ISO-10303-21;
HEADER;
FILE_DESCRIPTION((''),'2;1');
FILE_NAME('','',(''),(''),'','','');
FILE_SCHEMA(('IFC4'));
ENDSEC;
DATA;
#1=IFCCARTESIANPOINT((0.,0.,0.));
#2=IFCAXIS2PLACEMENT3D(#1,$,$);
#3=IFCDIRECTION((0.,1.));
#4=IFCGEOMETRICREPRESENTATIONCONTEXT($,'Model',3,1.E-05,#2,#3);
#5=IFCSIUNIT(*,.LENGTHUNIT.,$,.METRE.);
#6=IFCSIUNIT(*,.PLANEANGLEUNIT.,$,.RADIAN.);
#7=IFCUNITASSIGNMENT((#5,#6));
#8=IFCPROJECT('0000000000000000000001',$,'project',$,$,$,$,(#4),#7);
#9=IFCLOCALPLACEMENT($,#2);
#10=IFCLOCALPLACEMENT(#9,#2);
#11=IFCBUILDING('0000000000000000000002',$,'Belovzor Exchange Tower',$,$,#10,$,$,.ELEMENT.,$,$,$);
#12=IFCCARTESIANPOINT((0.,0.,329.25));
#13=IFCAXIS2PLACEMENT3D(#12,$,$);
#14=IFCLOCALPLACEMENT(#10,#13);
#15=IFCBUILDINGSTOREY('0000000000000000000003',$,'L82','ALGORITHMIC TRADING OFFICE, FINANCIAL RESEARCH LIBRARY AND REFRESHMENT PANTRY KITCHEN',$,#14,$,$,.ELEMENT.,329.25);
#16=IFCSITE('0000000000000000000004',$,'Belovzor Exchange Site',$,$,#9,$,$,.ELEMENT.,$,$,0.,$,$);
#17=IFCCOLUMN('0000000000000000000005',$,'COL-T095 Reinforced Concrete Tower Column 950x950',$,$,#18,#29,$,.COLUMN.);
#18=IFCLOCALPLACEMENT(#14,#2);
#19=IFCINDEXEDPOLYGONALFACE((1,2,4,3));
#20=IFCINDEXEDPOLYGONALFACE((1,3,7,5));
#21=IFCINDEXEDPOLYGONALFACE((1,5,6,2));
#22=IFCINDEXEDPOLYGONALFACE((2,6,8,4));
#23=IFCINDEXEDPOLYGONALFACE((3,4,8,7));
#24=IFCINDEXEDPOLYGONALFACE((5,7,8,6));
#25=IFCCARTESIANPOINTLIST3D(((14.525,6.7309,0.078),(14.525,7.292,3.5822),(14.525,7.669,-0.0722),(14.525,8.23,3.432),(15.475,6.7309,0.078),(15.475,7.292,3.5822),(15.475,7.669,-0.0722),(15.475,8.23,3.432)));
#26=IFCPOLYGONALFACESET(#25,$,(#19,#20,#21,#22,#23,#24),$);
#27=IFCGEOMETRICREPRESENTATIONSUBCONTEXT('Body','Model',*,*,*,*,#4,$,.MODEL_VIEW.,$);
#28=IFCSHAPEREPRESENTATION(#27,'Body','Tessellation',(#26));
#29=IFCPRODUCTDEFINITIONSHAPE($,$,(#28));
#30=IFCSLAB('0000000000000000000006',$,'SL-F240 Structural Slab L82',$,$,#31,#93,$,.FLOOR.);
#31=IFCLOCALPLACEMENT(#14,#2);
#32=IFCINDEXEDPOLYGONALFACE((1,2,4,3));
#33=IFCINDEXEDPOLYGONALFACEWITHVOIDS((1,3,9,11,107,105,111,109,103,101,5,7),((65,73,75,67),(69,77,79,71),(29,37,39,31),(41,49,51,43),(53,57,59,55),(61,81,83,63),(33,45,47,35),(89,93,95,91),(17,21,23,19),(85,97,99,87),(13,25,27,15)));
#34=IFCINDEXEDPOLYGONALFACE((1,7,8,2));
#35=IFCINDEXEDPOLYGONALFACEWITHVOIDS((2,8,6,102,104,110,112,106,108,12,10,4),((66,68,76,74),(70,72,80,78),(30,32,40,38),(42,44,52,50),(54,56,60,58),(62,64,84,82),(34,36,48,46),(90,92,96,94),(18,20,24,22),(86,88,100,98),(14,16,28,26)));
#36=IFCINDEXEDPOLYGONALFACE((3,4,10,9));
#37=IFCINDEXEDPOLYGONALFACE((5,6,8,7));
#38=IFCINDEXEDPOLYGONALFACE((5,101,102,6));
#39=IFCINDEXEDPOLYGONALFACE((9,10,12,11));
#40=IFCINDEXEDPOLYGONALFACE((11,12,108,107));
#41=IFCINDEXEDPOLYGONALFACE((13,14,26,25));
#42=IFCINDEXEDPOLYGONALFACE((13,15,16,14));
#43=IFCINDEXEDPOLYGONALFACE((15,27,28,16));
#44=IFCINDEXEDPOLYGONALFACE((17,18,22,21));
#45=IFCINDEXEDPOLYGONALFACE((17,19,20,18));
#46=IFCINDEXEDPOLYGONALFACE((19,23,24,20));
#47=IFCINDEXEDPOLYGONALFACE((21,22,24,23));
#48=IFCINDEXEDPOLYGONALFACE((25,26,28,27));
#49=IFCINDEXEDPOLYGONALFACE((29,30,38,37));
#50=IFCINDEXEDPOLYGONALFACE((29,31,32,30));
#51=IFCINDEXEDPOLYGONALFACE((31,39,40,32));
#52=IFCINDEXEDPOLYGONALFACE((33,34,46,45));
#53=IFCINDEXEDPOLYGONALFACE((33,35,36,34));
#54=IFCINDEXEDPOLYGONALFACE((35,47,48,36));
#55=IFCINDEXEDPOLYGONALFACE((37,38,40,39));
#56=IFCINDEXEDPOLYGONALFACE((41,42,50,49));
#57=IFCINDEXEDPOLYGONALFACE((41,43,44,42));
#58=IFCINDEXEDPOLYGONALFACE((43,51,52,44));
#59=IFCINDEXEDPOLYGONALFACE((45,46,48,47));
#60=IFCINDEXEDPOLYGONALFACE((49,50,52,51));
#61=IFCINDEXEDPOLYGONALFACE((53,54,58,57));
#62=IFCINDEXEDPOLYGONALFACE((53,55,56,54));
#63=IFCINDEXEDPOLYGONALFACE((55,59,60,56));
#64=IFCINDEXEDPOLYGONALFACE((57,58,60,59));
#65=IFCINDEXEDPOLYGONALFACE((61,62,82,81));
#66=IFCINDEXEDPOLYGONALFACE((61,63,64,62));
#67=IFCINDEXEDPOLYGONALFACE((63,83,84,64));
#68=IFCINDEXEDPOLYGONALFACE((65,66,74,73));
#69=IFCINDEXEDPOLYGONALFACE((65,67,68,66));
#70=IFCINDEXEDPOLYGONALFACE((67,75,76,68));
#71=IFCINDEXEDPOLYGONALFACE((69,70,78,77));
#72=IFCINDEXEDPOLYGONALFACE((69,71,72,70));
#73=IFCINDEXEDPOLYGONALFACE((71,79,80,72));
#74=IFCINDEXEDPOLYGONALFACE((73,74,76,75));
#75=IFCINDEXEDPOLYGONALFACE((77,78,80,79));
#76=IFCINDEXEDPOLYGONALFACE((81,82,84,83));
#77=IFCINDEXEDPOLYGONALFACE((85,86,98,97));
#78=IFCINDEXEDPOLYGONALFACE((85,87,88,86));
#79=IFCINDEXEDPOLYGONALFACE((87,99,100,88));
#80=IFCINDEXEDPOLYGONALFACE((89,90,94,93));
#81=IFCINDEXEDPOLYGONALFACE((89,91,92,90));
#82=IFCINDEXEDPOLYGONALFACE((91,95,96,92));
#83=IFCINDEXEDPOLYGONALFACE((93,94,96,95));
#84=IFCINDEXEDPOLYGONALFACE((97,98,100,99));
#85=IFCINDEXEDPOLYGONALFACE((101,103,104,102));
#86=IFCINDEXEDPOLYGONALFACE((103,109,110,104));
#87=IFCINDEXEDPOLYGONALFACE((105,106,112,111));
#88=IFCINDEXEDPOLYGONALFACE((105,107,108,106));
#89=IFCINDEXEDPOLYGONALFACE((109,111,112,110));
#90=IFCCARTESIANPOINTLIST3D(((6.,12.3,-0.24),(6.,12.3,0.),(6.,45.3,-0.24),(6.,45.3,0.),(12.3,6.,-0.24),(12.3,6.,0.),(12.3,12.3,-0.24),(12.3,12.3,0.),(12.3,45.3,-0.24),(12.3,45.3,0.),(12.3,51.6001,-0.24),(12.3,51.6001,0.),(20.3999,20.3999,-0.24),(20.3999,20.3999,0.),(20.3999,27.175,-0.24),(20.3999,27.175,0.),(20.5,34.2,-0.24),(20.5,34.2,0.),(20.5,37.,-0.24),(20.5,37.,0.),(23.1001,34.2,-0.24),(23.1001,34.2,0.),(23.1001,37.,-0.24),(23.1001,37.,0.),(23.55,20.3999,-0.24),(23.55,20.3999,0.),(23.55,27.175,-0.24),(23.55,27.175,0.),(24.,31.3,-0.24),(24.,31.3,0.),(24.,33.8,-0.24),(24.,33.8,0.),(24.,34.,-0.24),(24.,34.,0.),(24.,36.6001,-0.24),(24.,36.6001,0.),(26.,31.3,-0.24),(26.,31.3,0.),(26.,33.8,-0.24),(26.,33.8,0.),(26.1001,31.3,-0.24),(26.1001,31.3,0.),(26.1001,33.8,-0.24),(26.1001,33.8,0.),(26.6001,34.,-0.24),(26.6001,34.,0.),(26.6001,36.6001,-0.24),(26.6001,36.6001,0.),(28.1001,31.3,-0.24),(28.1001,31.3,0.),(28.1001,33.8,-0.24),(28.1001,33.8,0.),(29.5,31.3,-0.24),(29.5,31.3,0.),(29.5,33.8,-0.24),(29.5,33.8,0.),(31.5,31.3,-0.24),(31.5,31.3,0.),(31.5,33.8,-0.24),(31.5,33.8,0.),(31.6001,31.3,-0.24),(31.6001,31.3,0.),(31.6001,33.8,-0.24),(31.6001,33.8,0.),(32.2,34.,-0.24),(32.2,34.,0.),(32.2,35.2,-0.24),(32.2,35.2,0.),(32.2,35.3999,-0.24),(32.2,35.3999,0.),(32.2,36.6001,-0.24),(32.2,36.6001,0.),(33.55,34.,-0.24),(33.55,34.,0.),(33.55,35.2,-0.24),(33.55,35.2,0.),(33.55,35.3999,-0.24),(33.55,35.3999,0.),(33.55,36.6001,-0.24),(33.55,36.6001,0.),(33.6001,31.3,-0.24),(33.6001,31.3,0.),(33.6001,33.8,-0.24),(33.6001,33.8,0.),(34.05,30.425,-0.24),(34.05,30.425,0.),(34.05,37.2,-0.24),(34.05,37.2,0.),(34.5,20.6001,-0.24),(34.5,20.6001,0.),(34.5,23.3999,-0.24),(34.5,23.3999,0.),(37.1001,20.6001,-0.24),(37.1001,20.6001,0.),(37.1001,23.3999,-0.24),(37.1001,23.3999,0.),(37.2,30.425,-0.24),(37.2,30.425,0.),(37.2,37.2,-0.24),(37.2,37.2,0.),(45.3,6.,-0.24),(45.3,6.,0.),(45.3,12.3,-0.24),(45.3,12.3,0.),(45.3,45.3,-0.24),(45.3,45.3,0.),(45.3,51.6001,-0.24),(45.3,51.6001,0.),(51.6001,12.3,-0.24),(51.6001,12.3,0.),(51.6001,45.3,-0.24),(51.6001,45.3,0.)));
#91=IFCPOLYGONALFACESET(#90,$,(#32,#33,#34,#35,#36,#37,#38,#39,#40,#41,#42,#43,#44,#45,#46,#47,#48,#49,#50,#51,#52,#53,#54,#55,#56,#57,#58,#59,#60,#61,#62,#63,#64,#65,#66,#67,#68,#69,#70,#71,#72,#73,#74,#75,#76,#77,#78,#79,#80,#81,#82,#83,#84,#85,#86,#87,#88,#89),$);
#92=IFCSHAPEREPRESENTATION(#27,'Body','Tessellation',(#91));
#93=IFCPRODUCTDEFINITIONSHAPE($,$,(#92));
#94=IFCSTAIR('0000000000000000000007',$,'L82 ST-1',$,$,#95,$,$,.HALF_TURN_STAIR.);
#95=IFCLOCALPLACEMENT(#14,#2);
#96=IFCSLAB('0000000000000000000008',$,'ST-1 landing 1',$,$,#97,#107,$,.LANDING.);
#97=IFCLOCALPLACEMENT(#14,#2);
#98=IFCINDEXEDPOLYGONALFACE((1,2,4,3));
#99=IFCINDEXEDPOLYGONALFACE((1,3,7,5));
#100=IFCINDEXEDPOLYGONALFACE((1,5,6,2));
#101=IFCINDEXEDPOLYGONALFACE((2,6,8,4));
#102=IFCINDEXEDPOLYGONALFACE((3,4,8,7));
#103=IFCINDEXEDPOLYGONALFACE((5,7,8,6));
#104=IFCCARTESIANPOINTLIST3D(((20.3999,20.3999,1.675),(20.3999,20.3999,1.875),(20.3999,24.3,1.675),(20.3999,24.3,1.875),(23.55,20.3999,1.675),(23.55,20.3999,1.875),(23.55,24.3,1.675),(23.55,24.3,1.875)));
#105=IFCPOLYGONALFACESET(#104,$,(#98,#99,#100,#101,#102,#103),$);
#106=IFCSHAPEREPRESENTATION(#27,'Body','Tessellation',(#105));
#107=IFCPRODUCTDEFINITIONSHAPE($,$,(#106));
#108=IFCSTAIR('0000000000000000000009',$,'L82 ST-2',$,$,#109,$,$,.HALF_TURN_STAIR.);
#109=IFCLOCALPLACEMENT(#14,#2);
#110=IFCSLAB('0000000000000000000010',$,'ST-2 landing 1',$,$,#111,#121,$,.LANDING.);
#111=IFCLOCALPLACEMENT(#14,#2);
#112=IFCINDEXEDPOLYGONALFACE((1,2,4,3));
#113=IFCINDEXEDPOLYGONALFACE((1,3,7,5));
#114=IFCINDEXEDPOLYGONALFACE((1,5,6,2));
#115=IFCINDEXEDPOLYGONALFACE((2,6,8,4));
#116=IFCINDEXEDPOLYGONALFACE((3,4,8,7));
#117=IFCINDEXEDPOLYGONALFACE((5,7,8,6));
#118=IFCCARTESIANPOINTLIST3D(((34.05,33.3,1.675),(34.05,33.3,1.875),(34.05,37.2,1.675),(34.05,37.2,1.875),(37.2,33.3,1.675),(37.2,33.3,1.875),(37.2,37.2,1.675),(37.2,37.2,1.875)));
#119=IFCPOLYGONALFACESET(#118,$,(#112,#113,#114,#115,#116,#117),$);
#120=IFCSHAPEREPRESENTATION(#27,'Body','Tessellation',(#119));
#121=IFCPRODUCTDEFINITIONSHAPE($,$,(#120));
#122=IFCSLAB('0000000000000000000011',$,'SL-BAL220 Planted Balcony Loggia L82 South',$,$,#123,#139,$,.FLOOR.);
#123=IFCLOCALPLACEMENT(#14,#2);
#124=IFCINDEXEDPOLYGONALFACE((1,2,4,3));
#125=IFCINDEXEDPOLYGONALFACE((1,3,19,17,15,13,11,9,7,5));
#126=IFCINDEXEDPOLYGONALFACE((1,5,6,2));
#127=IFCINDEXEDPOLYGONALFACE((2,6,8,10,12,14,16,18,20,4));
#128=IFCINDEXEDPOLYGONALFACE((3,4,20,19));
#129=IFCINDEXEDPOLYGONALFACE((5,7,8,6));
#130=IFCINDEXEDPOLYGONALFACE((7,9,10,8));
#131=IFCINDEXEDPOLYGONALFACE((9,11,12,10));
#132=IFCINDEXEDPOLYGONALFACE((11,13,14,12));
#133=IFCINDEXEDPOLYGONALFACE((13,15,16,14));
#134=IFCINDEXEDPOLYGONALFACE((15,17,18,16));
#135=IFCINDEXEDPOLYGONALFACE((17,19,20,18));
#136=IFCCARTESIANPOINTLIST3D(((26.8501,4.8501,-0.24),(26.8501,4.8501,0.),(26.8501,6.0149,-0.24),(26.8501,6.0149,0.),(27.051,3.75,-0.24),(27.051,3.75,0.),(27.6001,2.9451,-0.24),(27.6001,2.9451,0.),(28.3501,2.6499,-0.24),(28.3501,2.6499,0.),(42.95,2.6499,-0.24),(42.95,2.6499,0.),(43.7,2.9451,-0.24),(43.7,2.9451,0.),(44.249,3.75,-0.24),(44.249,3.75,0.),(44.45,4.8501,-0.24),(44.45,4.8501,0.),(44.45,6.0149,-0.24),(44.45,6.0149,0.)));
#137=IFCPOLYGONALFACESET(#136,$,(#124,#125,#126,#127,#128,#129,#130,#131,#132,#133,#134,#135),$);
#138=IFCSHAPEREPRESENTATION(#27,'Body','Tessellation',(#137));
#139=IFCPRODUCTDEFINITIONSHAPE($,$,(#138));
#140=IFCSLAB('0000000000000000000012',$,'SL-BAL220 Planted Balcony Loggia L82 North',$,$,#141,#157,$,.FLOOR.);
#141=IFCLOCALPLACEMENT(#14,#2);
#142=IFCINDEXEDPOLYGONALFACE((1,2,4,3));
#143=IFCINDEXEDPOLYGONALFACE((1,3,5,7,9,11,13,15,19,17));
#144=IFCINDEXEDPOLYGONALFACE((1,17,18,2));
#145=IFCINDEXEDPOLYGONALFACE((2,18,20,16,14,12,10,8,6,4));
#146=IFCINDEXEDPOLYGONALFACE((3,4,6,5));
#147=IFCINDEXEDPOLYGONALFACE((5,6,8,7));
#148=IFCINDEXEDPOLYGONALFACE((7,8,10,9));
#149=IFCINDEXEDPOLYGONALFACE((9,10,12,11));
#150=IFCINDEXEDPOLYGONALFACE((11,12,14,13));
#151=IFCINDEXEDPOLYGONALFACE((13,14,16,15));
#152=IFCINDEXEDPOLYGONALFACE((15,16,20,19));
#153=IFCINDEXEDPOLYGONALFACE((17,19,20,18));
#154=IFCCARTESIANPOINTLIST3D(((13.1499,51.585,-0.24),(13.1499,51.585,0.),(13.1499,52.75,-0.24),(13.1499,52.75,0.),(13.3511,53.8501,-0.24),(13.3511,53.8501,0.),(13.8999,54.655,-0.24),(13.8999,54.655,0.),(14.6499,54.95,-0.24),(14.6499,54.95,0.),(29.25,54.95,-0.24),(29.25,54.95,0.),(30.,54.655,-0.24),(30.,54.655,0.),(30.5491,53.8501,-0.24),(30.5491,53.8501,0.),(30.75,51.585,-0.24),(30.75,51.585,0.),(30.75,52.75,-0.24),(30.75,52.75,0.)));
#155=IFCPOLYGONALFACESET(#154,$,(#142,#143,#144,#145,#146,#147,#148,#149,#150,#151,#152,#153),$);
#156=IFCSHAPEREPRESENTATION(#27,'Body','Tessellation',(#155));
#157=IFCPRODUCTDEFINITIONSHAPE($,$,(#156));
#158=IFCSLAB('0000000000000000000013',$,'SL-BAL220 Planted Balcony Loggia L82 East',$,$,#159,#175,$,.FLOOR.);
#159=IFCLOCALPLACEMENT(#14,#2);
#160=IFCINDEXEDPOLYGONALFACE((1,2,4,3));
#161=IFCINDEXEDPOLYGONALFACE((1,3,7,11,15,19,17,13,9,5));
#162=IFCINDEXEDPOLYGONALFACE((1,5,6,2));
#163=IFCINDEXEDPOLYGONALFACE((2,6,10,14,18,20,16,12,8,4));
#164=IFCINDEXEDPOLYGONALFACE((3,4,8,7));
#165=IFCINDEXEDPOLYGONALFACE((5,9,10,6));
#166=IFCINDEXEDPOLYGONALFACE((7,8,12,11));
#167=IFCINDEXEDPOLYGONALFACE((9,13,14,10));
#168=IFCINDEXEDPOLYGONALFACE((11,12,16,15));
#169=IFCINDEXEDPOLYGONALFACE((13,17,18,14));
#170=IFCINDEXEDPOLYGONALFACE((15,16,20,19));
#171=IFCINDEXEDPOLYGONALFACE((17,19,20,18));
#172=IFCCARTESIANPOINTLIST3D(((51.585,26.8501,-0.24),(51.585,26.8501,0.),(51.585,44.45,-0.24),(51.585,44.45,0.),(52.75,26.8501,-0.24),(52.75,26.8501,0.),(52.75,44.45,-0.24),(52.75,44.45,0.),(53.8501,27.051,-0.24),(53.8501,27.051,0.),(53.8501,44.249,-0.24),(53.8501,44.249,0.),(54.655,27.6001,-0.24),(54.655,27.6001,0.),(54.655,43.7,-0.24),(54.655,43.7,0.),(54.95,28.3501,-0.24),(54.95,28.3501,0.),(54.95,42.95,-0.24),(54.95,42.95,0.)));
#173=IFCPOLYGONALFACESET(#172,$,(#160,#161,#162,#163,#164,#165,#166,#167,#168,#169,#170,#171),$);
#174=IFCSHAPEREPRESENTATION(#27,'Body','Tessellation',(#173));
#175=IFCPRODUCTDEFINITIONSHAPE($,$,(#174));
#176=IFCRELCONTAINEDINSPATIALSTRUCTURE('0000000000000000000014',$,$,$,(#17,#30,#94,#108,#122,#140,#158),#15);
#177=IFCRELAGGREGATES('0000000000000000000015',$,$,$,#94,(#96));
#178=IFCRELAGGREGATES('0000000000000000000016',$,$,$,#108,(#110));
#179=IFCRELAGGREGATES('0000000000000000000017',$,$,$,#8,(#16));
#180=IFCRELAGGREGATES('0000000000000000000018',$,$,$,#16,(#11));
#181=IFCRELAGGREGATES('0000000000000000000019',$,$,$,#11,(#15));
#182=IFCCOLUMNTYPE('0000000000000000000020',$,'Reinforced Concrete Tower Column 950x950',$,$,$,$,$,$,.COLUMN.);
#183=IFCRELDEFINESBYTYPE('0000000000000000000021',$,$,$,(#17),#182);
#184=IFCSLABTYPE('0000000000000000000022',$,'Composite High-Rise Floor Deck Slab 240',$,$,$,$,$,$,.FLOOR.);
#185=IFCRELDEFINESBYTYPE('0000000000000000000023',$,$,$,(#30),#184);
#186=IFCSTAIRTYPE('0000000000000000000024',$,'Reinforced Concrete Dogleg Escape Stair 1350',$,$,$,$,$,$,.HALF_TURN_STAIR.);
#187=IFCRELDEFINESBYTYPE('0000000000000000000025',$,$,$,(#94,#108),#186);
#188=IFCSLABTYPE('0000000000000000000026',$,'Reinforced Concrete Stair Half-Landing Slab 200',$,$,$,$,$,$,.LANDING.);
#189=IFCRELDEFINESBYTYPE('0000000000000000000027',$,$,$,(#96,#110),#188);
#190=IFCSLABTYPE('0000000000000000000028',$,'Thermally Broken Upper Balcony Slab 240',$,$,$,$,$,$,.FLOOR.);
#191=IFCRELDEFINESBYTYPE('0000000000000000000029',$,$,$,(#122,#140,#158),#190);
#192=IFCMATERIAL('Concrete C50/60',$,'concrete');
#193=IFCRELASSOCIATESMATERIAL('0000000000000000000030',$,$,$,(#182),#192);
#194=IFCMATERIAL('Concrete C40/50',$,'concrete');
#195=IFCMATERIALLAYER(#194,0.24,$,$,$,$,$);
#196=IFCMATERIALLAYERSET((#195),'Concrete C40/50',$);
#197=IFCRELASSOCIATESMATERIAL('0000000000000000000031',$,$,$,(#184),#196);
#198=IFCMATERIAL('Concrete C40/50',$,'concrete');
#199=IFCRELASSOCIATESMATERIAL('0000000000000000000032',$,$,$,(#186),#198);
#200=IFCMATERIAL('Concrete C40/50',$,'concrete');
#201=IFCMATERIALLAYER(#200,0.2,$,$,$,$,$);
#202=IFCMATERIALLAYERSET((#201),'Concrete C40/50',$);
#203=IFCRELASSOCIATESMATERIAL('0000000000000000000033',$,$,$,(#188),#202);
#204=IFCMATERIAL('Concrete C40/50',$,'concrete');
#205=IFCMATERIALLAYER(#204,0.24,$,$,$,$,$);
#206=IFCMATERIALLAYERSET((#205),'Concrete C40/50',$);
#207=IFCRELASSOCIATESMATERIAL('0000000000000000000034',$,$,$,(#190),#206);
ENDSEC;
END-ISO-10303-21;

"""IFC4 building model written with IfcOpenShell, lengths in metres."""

from ifc_helpers import new_model, si_unit, direction, frame, origin, origin_2d, place, context, subcontext, project, spatial, polyline, rectangle, outline, extrude, material, layer, layer_set, material_profile, profile_set, type_object, element, aggregate, save


model = new_model("IFC4")

# Units and contexts
model_context = context("Model", 3, precision=1e-05, world=origin(), true_north=direction((0.0, 1.0)))
body_context = subcontext(model_context, "Body", "Model", "MODEL_VIEW")
ifc_project = project(units=[si_unit("LENGTHUNIT", "METRE"), si_unit("PLANEANGLEUNIT", "RADIAN")], contexts=[model_context])

# Site, building, storey
site_placement = place(None, origin())
site = spatial("IfcSite", under=ifc_project, at=site_placement, Name="Belovzor Exchange Site", CompositionType="ELEMENT", RefElevation=0.0)
building_placement = place(site_placement, origin())
building = spatial("IfcBuilding", under=site, at=building_placement, Name="Belovzor Exchange Tower", CompositionType="ELEMENT")
storey_placement = place(building_placement, frame((0.0, 0.0, 329.25)))
storey = spatial("IfcBuildingStorey", under=building, at=storey_placement, Name="L82", Description="ALGORITHMIC TRADING OFFICE, FINANCIAL RESEARCH LIBRARY AND REFRESHMENT PANTRY KITCHEN", CompositionType="ELEMENT", Elevation=329.25)

# Column
ifc_material_1 = material(Name="Concrete C50/60", Category="concrete")
ifc_material_profile = material_profile(ifc_material_1, rectangle(XDim=0.95, YDim=0.95, at=origin_2d()))
ifc_profile_set = profile_set([ifc_material_profile], Name="Concrete C50/60")
column_type = type_object("IfcColumnType", Name="Reinforced Concrete Tower Column 950x950", PredefinedType="COLUMN", material=ifc_profile_set)
column_placement = place(storey_placement, frame((15.0, 7.2, 0.0029), z_axis=(0.0, 0.158092, 0.987424), x_axis=(-1.0, 0.0, 0.0)))
element("IfcColumn", 1, at=column_placement, inside=storey, type_object=column_type, Name="COL-T095 Reinforced Concrete Tower Column 950x950", PredefinedType="COLUMN", context=body_context, shape_type="SweptSolid", body=[
    extrude(rectangle(XDim=0.95, YDim=0.95, at=origin_2d()), origin(), (0.0, 0.0, 1.0), 3.5488),
])

# Slab
ifc_material_2 = material(Name="Concrete C40/50", Category="concrete")
ifc_layer_1 = layer(ifc_material_2, 0.24)
ifc_layer_set_1 = layer_set([ifc_layer_1], Name="Concrete C40/50")
slab_type_1 = type_object("IfcSlabType", Name="Composite High-Rise Floor Deck Slab 240", PredefinedType="FLOOR", material=ifc_layer_set_1)
slab_1_placement = place(storey_placement, frame((0.0, 0.0, -0.24)))
element("IfcSlab", 2, at=slab_1_placement, inside=storey, type_object=slab_type_1, Name="SL-F240 Structural Slab L82", PredefinedType="FLOOR", context=body_context, shape_type="SweptSolid", body=[
    extrude(outline(polyline([(12.3, 6.0), (45.3, 6.0), (45.3, 12.3), (51.6001, 12.3), (51.6001, 45.3), (45.3, 45.3), (45.3, 51.6001), (12.3, 51.6001), (12.3, 45.3), (6.0, 45.3), (6.0, 12.3), (12.3, 12.3), (12.3, 6.0)]), holes=[polyline([(20.3999, 27.175), (20.3999, 20.3999), (23.55, 20.3999), (23.55, 27.175), (20.3999, 27.175)]), polyline([(37.2, 30.425), (37.2, 37.2), (34.05, 37.2), (34.05, 30.425), (37.2, 30.425)]), polyline([(20.5, 34.2), (23.1001, 34.2), (23.1001, 37.0), (20.5, 37.0), (20.5, 34.2)]), polyline([(34.5, 20.6001), (37.1001, 20.6001), (37.1001, 23.3999), (34.5, 23.3999), (34.5, 20.6001)]), polyline([(24.0, 34.0), (26.6001, 34.0), (26.6001, 36.6001), (24.0, 36.6001), (24.0, 34.0)]), polyline([(24.0, 31.3), (26.0, 31.3), (26.0, 33.8), (24.0, 33.8), (24.0, 31.3)]), polyline([(26.1001, 31.3), (28.1001, 31.3), (28.1001, 33.8), (26.1001, 33.8), (26.1001, 31.3)]), polyline([(29.5, 31.3), (31.5, 31.3), (31.5, 33.8), (29.5, 33.8), (29.5, 31.3)]), polyline([(31.6001, 31.3), (33.6001, 31.3), (33.6001, 33.8), (31.6001, 33.8), (31.6001, 31.3)]), polyline([(32.2, 34.0), (33.55, 34.0), (33.55, 35.2), (32.2, 35.2), (32.2, 34.0)]), polyline([(32.2, 35.3999), (33.55, 35.3999), (33.55, 36.6001), (32.2, 36.6001), (32.2, 35.3999)])]), origin(), (0.0, 0.0, 1.0), 0.24),
])

# Stairs, slabs
ifc_material_3 = material(Name="Concrete C40/50", Category="concrete")
stair_type = type_object("IfcStairType", Name="Reinforced Concrete Dogleg Escape Stair 1350", PredefinedType="HALF_TURN_STAIR", material=ifc_material_3)
stair_1_placement = place(storey_placement, origin())
stair_1 = element("IfcStair", 3, at=stair_1_placement, inside=storey, type_object=stair_type, Name="L82 ST-1", PredefinedType="HALF_TURN_STAIR")
ifc_material_4 = material(Name="Concrete C40/50", Category="concrete")
ifc_layer_2 = layer(ifc_material_4, 0.2)
ifc_layer_set_2 = layer_set([ifc_layer_2], Name="Concrete C40/50")
slab_type_2 = type_object("IfcSlabType", Name="Reinforced Concrete Stair Half-Landing Slab 200", PredefinedType="LANDING", material=ifc_layer_set_2)
slab_2_placement = place(storey_placement, frame((0.0, 0.0, 1.675)))
slab_2 = element("IfcSlab", 4, at=slab_2_placement, type_object=slab_type_2, Name="ST-1 landing 1", PredefinedType="LANDING", context=body_context, shape_type="SweptSolid", body=[
    extrude(outline(polyline([(20.3999, 24.3), (20.3999, 20.3999), (23.55, 20.3999), (23.55, 24.3), (20.3999, 24.3)])), origin(), (0.0, 0.0, 1.0), 0.2),
])
aggregate(stair_1, [slab_2])
stair_2_placement = place(storey_placement, origin())
stair_2 = element("IfcStair", 5, at=stair_2_placement, inside=storey, type_object=stair_type, Name="L82 ST-2", PredefinedType="HALF_TURN_STAIR")
slab_3_placement = place(storey_placement, frame((0.0, 0.0, 1.675)))
slab_3 = element("IfcSlab", 6, at=slab_3_placement, type_object=slab_type_2, Name="ST-2 landing 1", PredefinedType="LANDING", context=body_context, shape_type="SweptSolid", body=[
    extrude(outline(polyline([(37.2, 33.3), (37.2, 37.2), (34.05, 37.2), (34.05, 33.3), (37.2, 33.3)])), origin(), (0.0, 0.0, 1.0), 0.2),
])
aggregate(stair_2, [slab_3])

# Slabs
ifc_material_5 = material(Name="Concrete C40/50", Category="concrete")
ifc_layer_3 = layer(ifc_material_5, 0.24)
ifc_layer_set_3 = layer_set([ifc_layer_3], Name="Concrete C40/50")
slab_type_3 = type_object("IfcSlabType", Name="Thermally Broken Upper Balcony Slab 240", PredefinedType="FLOOR", material=ifc_layer_set_3)
slab_4_placement = place(storey_placement, frame((0.0, 0.0, -0.24)))
element("IfcSlab", 7, at=slab_4_placement, inside=storey, type_object=slab_type_3, Name="SL-BAL220 Planted Balcony Loggia L82 South", PredefinedType="FLOOR", context=body_context, shape_type="SweptSolid", body=[
    extrude(outline(polyline([(26.8501, 6.0149), (26.8501, 4.8501), (27.051, 3.75), (27.6001, 2.9451), (28.3501, 2.6499), (42.95, 2.6499), (43.7, 2.9451), (44.249, 3.75), (44.45, 4.8501), (44.45, 6.0149), (26.8501, 6.0149)])), origin(), (0.0, 0.0, 1.0), 0.24),
])
slab_5_placement = place(storey_placement, frame((0.0, 0.0, -0.24)))
element("IfcSlab", 8, at=slab_5_placement, inside=storey, type_object=slab_type_3, Name="SL-BAL220 Planted Balcony Loggia L82 North", PredefinedType="FLOOR", context=body_context, shape_type="SweptSolid", body=[
    extrude(outline(polyline([(30.75, 51.585), (30.75, 52.75), (30.5491, 53.8501), (30.0, 54.655), (29.25, 54.95), (14.6499, 54.95), (13.8999, 54.655), (13.3511, 53.8501), (13.1499, 52.75), (13.1499, 51.585), (30.75, 51.585)])), origin(), (0.0, 0.0, 1.0), 0.24),
])
slab_6_placement = place(storey_placement, frame((0.0, 0.0, -0.24)))
element("IfcSlab", 9, at=slab_6_placement, inside=storey, type_object=slab_type_3, Name="SL-BAL220 Planted Balcony Loggia L82 East", PredefinedType="FLOOR", context=body_context, shape_type="SweptSolid", body=[
    extrude(outline(polyline([(51.585, 26.8501), (52.75, 26.8501), (53.8501, 27.051), (54.655, 27.6001), (54.95, 28.3501), (54.95, 42.95), (54.655, 43.7), (53.8501, 44.249), (52.75, 44.45), (51.585, 44.45), (51.585, 26.8501)])), origin(), (0.0, 0.0, 1.0), 0.24),
])

save(model, "model.ifc")
